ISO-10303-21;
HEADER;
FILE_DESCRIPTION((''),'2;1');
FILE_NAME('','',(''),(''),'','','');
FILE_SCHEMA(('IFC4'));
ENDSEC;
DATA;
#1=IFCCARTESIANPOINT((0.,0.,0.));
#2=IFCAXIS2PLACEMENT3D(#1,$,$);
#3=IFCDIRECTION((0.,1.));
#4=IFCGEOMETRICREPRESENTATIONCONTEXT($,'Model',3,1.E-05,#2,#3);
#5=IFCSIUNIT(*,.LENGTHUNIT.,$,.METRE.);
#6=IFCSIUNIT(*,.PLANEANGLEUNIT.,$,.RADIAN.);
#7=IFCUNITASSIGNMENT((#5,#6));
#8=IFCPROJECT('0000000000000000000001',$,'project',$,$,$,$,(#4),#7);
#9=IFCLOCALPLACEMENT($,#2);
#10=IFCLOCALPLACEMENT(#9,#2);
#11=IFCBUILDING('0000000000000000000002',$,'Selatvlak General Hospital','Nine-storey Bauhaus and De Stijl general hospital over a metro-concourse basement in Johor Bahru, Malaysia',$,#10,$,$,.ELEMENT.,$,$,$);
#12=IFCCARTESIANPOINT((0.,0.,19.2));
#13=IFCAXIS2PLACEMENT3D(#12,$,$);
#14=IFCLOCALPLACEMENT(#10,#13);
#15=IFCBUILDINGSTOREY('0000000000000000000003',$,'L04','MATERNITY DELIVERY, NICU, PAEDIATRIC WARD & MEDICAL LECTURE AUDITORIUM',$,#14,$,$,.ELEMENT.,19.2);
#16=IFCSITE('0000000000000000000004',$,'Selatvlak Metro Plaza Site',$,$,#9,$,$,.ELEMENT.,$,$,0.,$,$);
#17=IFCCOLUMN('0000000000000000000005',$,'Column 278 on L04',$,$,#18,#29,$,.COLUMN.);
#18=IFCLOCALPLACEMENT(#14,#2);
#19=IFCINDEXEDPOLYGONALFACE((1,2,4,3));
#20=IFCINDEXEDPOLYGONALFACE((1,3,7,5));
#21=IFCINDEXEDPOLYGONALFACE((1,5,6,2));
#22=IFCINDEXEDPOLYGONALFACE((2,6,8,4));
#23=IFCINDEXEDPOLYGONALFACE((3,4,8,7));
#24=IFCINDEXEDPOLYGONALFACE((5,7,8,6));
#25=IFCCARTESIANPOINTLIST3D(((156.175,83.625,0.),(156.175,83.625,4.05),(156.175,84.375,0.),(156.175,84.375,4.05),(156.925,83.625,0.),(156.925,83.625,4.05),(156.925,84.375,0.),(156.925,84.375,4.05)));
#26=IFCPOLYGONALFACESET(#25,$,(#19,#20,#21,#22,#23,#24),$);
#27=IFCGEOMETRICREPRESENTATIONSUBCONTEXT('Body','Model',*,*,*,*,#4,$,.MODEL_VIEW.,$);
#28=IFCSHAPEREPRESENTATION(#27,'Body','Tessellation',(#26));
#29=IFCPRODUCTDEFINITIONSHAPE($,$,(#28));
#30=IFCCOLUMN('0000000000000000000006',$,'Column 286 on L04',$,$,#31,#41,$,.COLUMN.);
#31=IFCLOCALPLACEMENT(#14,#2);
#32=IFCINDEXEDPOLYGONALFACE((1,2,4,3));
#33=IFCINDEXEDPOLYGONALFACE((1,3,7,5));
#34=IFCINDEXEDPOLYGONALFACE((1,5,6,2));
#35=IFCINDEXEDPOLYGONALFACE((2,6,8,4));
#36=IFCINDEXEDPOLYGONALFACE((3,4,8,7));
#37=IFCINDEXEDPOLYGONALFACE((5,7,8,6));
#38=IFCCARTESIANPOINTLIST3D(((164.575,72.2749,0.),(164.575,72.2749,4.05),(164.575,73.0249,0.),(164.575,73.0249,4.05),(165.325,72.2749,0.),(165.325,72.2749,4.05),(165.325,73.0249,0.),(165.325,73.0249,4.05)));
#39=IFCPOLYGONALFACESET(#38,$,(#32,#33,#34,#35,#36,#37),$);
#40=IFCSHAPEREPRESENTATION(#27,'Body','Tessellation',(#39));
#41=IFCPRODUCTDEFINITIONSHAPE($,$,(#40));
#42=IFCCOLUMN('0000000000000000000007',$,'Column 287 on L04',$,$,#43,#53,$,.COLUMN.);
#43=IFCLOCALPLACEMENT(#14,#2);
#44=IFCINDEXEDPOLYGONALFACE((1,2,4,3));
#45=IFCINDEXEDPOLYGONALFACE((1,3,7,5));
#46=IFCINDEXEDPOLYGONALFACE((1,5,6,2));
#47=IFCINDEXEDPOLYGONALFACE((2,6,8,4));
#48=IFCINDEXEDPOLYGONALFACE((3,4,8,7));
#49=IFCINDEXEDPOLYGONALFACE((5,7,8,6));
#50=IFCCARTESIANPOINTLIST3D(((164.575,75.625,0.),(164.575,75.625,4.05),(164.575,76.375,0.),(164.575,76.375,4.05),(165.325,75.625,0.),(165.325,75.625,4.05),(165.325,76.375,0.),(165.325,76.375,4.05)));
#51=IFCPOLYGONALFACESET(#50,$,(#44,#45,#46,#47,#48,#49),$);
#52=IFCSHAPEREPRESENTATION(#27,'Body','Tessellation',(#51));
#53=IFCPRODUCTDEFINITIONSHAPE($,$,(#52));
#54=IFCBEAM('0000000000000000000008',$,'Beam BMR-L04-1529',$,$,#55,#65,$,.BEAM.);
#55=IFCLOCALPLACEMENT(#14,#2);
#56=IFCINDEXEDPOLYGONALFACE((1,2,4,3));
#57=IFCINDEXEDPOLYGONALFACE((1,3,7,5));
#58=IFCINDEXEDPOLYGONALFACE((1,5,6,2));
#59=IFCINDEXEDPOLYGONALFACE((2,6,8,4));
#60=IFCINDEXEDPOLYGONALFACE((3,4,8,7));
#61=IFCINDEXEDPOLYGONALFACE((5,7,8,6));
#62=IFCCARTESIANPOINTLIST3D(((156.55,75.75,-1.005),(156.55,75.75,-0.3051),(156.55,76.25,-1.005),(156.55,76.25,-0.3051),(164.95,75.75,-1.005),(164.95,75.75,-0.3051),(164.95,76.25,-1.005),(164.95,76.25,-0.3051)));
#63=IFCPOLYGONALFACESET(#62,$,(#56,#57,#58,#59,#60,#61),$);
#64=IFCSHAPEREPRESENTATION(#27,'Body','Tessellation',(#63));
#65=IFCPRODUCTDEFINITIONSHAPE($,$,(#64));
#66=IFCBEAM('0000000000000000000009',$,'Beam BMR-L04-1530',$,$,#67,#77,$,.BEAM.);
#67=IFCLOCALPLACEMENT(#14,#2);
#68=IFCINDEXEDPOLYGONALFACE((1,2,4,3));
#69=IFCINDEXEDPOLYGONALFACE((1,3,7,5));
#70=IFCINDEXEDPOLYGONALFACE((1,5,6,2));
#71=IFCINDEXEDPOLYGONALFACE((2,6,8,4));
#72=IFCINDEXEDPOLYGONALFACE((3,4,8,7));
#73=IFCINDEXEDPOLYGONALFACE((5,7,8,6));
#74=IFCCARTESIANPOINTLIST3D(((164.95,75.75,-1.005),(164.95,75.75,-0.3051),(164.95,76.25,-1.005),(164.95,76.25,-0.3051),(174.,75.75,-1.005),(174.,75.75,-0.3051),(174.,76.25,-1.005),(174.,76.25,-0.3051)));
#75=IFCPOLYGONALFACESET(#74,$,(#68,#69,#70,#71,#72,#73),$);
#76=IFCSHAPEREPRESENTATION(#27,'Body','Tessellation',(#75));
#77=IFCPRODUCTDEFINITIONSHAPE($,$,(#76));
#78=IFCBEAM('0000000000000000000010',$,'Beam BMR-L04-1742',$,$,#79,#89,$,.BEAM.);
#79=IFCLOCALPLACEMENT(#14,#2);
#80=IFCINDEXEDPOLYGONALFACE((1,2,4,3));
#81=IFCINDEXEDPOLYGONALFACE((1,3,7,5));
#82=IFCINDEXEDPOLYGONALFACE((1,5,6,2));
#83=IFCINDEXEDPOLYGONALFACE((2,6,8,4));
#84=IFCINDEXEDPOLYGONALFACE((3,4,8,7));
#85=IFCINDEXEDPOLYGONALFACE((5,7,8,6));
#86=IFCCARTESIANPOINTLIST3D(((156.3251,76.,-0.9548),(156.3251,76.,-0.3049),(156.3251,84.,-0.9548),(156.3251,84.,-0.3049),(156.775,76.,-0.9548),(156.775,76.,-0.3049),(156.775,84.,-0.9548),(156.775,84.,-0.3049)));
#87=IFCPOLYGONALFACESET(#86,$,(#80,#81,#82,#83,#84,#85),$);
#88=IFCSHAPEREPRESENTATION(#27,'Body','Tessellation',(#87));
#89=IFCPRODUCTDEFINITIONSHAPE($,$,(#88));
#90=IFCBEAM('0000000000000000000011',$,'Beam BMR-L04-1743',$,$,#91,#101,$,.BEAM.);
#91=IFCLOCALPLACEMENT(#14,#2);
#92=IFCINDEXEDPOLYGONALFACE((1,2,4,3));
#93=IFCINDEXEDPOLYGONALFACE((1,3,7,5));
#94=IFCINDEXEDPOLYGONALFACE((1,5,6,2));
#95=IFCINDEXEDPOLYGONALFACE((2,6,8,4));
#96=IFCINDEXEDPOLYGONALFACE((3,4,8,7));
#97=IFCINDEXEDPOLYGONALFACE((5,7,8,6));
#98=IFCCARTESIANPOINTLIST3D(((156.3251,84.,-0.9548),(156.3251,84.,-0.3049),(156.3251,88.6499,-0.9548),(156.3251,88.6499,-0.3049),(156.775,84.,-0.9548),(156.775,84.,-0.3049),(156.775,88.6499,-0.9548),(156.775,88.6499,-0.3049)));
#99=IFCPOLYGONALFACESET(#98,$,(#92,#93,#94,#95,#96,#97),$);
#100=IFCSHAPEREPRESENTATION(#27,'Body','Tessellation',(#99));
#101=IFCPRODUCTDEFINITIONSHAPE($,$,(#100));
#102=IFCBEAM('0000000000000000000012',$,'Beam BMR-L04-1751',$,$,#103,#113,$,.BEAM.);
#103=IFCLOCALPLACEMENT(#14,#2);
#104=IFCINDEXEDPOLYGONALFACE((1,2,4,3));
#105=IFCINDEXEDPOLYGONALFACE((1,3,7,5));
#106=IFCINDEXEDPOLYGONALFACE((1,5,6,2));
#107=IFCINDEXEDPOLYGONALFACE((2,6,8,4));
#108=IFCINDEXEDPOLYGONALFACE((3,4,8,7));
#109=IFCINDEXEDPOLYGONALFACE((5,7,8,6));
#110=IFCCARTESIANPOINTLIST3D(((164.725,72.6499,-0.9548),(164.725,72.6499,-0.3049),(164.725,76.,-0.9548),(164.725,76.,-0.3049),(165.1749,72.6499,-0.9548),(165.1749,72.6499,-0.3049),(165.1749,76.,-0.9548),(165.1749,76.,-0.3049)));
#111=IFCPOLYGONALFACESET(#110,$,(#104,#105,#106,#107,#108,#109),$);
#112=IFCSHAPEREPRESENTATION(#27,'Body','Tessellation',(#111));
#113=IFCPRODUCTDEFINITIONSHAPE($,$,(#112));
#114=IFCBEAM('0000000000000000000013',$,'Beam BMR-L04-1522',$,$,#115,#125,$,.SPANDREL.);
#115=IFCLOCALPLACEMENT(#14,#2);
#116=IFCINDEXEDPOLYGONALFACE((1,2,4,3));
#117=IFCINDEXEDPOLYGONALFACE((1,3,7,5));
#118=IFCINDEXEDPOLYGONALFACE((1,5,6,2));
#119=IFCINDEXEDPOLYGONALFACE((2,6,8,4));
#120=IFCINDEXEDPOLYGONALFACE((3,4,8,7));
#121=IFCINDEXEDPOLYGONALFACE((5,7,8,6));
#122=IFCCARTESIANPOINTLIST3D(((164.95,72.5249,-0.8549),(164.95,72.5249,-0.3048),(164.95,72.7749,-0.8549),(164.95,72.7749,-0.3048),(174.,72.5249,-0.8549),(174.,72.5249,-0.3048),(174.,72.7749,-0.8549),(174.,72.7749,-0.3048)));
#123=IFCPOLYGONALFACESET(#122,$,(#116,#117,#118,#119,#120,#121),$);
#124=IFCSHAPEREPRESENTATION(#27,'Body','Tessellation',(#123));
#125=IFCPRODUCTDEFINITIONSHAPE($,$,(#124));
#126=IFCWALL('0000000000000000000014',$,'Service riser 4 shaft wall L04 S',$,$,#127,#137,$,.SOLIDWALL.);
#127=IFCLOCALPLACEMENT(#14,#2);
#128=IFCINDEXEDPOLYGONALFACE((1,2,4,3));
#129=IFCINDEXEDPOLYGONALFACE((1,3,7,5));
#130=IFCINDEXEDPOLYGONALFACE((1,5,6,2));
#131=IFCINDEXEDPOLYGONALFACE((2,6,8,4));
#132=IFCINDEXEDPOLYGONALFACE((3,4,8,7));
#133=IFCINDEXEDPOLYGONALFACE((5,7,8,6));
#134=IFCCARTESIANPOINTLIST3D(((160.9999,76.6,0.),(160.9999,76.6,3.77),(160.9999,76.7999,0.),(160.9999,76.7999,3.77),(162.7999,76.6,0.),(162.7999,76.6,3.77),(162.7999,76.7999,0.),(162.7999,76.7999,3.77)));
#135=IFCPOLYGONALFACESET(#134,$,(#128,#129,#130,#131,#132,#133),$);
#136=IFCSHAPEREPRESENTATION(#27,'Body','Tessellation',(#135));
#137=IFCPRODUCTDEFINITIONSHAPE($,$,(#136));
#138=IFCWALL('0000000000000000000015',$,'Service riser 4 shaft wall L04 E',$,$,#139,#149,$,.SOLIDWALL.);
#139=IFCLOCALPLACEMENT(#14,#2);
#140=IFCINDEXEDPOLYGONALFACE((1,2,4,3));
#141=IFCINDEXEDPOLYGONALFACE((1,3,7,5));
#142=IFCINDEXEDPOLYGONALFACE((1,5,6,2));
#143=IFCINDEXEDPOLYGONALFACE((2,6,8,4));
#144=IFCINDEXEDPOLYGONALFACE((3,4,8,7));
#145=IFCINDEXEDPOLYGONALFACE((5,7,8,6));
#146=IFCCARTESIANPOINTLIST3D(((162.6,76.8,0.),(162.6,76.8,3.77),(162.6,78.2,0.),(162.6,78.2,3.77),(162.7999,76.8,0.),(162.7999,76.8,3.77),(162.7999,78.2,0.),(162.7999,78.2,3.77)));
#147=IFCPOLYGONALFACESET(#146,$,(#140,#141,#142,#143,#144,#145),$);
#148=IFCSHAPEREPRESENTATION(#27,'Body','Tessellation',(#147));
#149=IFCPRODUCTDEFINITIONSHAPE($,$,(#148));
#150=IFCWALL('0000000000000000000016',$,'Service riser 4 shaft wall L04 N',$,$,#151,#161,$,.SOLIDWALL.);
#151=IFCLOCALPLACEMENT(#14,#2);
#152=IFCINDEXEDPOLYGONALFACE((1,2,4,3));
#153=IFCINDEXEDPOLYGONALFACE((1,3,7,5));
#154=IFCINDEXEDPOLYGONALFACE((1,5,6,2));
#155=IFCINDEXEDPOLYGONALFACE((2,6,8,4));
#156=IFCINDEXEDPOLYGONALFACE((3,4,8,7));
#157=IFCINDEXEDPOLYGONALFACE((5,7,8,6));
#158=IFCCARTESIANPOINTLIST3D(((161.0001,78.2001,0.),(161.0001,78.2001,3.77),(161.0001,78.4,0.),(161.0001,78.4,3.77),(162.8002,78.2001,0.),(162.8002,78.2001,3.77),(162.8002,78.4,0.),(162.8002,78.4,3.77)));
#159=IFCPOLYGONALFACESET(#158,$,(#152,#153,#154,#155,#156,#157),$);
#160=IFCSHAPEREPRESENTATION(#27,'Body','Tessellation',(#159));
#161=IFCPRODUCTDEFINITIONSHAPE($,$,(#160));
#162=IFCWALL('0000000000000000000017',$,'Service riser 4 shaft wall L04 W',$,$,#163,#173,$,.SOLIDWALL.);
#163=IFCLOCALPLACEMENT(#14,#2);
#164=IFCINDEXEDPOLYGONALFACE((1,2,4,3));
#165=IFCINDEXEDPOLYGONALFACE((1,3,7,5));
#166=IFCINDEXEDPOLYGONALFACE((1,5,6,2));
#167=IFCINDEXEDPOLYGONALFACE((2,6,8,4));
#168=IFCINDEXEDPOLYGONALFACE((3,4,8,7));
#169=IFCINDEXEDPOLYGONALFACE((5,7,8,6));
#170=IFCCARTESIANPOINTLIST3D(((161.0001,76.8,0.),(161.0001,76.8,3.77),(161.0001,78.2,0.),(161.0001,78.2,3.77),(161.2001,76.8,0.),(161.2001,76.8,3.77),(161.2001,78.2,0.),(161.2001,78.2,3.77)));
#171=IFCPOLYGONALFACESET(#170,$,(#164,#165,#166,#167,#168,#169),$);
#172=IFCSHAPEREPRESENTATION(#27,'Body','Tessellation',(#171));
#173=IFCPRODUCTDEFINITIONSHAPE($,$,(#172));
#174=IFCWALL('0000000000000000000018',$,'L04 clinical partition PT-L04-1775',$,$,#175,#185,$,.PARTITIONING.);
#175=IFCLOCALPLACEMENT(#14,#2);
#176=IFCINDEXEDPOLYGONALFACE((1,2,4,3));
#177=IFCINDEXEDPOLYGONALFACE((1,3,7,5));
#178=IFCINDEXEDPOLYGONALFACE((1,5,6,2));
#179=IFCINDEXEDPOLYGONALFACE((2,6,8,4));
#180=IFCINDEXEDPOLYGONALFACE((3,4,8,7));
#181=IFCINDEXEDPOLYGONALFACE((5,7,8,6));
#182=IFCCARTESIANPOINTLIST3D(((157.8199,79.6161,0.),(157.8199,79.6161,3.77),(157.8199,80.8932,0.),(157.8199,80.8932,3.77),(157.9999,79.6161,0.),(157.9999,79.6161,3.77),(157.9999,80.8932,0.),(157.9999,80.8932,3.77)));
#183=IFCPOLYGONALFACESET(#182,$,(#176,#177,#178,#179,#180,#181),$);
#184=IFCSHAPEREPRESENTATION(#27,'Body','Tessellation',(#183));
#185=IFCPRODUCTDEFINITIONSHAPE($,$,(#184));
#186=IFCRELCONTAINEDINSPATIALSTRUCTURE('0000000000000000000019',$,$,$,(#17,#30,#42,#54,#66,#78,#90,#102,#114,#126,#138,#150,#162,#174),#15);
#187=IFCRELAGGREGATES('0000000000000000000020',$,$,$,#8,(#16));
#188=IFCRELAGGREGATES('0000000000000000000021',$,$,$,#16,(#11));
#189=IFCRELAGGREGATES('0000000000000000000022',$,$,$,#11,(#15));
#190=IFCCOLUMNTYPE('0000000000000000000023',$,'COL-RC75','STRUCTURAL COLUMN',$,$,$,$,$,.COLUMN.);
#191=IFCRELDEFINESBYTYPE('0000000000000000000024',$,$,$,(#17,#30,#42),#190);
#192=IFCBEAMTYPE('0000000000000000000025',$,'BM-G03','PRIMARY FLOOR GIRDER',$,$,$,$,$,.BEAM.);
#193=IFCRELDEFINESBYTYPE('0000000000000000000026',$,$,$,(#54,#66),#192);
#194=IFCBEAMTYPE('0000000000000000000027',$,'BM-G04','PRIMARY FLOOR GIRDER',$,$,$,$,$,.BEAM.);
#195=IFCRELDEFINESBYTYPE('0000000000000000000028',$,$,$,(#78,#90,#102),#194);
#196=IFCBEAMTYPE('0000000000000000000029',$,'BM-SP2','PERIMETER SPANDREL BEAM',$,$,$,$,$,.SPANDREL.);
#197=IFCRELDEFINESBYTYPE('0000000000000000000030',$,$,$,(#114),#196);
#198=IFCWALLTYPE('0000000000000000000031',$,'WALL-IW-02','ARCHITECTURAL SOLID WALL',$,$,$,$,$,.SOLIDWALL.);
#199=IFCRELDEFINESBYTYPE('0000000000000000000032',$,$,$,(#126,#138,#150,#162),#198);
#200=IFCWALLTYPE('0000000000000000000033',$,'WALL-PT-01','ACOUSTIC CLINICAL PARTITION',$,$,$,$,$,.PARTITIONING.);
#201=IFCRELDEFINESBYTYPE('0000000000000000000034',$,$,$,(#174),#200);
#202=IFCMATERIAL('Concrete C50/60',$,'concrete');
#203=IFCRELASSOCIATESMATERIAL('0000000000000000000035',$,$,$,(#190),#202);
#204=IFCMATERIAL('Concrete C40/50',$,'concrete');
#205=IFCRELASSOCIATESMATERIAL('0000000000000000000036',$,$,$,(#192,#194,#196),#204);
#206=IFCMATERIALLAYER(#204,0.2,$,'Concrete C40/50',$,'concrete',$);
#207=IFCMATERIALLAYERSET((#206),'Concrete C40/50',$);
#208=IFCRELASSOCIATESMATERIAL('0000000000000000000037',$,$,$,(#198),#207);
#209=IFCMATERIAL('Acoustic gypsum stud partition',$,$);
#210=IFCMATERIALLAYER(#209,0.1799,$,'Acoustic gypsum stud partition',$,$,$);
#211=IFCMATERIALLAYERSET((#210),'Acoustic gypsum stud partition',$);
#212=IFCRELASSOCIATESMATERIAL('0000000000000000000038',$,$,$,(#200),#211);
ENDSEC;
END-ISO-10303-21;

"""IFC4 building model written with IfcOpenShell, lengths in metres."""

from ifc_helpers import new_model, si_unit, direction, frame, frame_2d, origin, origin_2d, place, context, subcontext, project, spatial, rectangle, extrude, material, layer, layer_set, material_profile, profile_set, type_object, element, save


model = new_model("IFC4")

# Units and contexts
model_context = context("Model", 3, precision=1e-05, world=origin(), true_north=direction((0.0, 1.0)))
body_context = subcontext(model_context, "Body", "Model", "MODEL_VIEW")
ifc_project = project(units=[si_unit("LENGTHUNIT", "METRE"), si_unit("PLANEANGLEUNIT", "RADIAN")], contexts=[model_context])

# Site, building, storey
site_placement = place(None, origin())
site = spatial("IfcSite", under=ifc_project, at=site_placement, Name="Selatvlak Metro Plaza Site", CompositionType="ELEMENT", RefElevation=0.0)
building_placement = place(site_placement, origin())
building = spatial("IfcBuilding", under=site, at=building_placement, Name="Selatvlak General Hospital", Description="Nine-storey Bauhaus and De Stijl general hospital over a metro-concourse basement in Johor Bahru, Malaysia", CompositionType="ELEMENT")
storey_placement = place(building_placement, frame((0.0, 0.0, 19.2)))
storey = spatial("IfcBuildingStorey", under=building, at=storey_placement, Name="L04", Description="MATERNITY DELIVERY, NICU, PAEDIATRIC WARD & MEDICAL LECTURE AUDITORIUM", CompositionType="ELEMENT", Elevation=19.2)

# Columns
ifc_material_1 = material(Name="Concrete C50/60", Category="concrete")
ifc_material_profile_1 = material_profile(ifc_material_1, rectangle(XDim=0.75, YDim=0.75, at=origin_2d()), Name="RC-COL 750x750")
ifc_profile_set_1 = profile_set([ifc_material_profile_1], Name="Concrete C50/60")
column_type = type_object("IfcColumnType", Name="COL-RC75", Description="STRUCTURAL COLUMN", PredefinedType="COLUMN", material=ifc_profile_set_1)
for number, where, z_axis, x_axis, name in (
    (1, (156.55, 84.0, 0.0), (0.0, 0.0, 1.0), (1.0, 0.0, 0.0), "Column 278 on L04"),
    (2, (164.95, 72.6499, 0.0), (0.0, 0.0, 1.0), (1.0, 0.0, 0.0), "Column 286 on L04"),
    (3, (164.95, 76.0, 0.0), (0.0, 0.0, 1.0), (1.0, 0.0, 0.0), "Column 287 on L04"),
):
    element("IfcColumn", number, at=place(storey_placement, frame(where, z_axis=z_axis, x_axis=x_axis)), inside=storey, type_object=column_type, Name=name, PredefinedType="COLUMN", context=body_context, shape_type="SweptSolid", body=[
        extrude(rectangle(XDim=0.75, YDim=0.75, at=origin_2d()), origin(), (0.0, 0.0, 1.0), 4.05),
    ])

# Beams
ifc_material_2 = material(Name="Concrete C40/50", Category="concrete")
ifc_material_profile_2 = material_profile(ifc_material_2, rectangle(XDim=0.5, YDim=0.7, at=origin_2d()), Name="RC-BM 500x700")
ifc_profile_set_2 = profile_set([ifc_material_profile_2], Name="Concrete C40/50")
beam_type_1 = type_object("IfcBeamType", Name="BM-G03", Description="PRIMARY FLOOR GIRDER", PredefinedType="BEAM", material=ifc_profile_set_2)
beam_1_placement = place(storey_placement, frame((156.55, 76.0, -0.655), z_axis=(1.0, 0.0, 0.0), x_axis=(0.0, 1.0, 0.0)))
element("IfcBeam", 4, at=beam_1_placement, inside=storey, type_object=beam_type_1, Name="Beam BMR-L04-1529", PredefinedType="BEAM", context=body_context, shape_type="SweptSolid", body=[
    extrude(rectangle(XDim=0.5, YDim=0.7, at=origin_2d()), origin(), (0.0, 0.0, 1.0), 8.3999),
])
beam_2_placement = place(storey_placement, frame((164.95, 76.0, -0.655), z_axis=(1.0, 0.0, 0.0), x_axis=(0.0, 1.0, 0.0)))
element("IfcBeam", 5, at=beam_2_placement, inside=storey, type_object=beam_type_1, Name="Beam BMR-L04-1530", PredefinedType="BEAM", context=body_context, shape_type="SweptSolid", body=[
    extrude(rectangle(XDim=0.5, YDim=0.7, at=origin_2d()), origin(), (0.0, 0.0, 1.0), 9.05),
])
ifc_material_profile_3 = material_profile(ifc_material_2, rectangle(XDim=0.45, YDim=0.6499, at=origin_2d()), Name="RC-BM 450x650")
ifc_profile_set_3 = profile_set([ifc_material_profile_3], Name="Concrete C40/50")
beam_type_2 = type_object("IfcBeamType", Name="BM-G04", Description="PRIMARY FLOOR GIRDER", PredefinedType="BEAM", material=ifc_profile_set_3)
beam_3_placement = place(storey_placement, frame((156.55, 76.0, -0.6299), z_axis=(0.0, 1.0, 0.0), x_axis=(-1.0, 0.0, 0.0)))
element("IfcBeam", 6, at=beam_3_placement, inside=storey, type_object=beam_type_2, Name="Beam BMR-L04-1742", PredefinedType="BEAM", context=body_context, shape_type="SweptSolid", body=[
    extrude(rectangle(XDim=0.45, YDim=0.6499, at=origin_2d()), origin(), (0.0, 0.0, 1.0), 8.0),
])
beam_4_placement = place(storey_placement, frame((156.55, 84.0, -0.6299), z_axis=(0.0, 1.0, 0.0), x_axis=(-1.0, 0.0, 0.0)))
element("IfcBeam", 7, at=beam_4_placement, inside=storey, type_object=beam_type_2, Name="Beam BMR-L04-1743", PredefinedType="BEAM", context=body_context, shape_type="SweptSolid", body=[
    extrude(rectangle(XDim=0.45, YDim=0.6499, at=origin_2d()), origin(), (0.0, 0.0, 1.0), 4.6499),
])
beam_5_placement = place(storey_placement, frame((164.95, 72.6499, -0.6299), z_axis=(0.0, 1.0, 0.0), x_axis=(-1.0, 0.0, 0.0)))
element("IfcBeam", 8, at=beam_5_placement, inside=storey, type_object=beam_type_2, Name="Beam BMR-L04-1751", PredefinedType="BEAM", context=body_context, shape_type="SweptSolid", body=[
    extrude(rectangle(XDim=0.45, YDim=0.6499, at=origin_2d()), origin(), (0.0, 0.0, 1.0), 3.3501),
])
ifc_material_profile_4 = material_profile(ifc_material_2, rectangle(XDim=0.25, YDim=0.55, at=origin_2d()), Name="RC-SP 250x550")
ifc_profile_set_4 = profile_set([ifc_material_profile_4], Name="Concrete C40/50")
beam_type_3 = type_object("IfcBeamType", Name="BM-SP2", Description="PERIMETER SPANDREL BEAM", PredefinedType="SPANDREL", material=ifc_profile_set_4)
beam_6_placement = place(storey_placement, frame((164.95, 72.6499, -0.5798), z_axis=(1.0, 0.0, 0.0), x_axis=(0.0, 1.0, 0.0)))
element("IfcBeam", 9, at=beam_6_placement, inside=storey, type_object=beam_type_3, Name="Beam BMR-L04-1522", PredefinedType="SPANDREL", context=body_context, shape_type="SweptSolid", body=[
    extrude(rectangle(XDim=0.25, YDim=0.55, at=origin_2d()), origin(), (0.0, 0.0, 1.0), 9.05),
])

# Walls
ifc_layer_1 = layer(ifc_material_2, 0.2, Name="Concrete C40/50", Category="concrete")
ifc_layer_set_1 = layer_set([ifc_layer_1], Name="Concrete C40/50")
wall_type_1 = type_object("IfcWallType", Name="WALL-IW-02", Description="ARCHITECTURAL SOLID WALL", PredefinedType="SOLIDWALL", material=ifc_layer_set_1)
wall_1_placement = place(storey_placement, frame((161.0, 76.7, 0.0), z_axis=(0.0, 0.0, 1.0), x_axis=(1.0, 0.0, 0.0)))
element("IfcWall", 10, at=wall_1_placement, inside=storey, type_object=wall_type_1, Name="Service riser 4 shaft wall L04 S", PredefinedType="SOLIDWALL", context=body_context, shape_type="SweptSolid", body=[
    extrude(rectangle(XDim=1.8, YDim=0.2, at=frame_2d((0.8999, 0.0))), origin(), (0.0, 0.0, 1.0), 3.77),
])
wall_2_placement = place(storey_placement, frame((162.7, 76.8, 0.0), z_axis=(0.0, 0.0, 1.0), x_axis=(0.0, 1.0, 0.0)))
element("IfcWall", 11, at=wall_2_placement, inside=storey, type_object=wall_type_1, Name="Service riser 4 shaft wall L04 E", PredefinedType="SOLIDWALL", context=body_context, shape_type="SweptSolid", body=[
    extrude(rectangle(XDim=1.3999, YDim=0.2, at=frame_2d((0.7, 0.0))), origin(), (0.0, 0.0, 1.0), 3.77),
])
wall_3_placement = place(storey_placement, frame((162.8, 78.3, 0.0), z_axis=(0.0, 0.0, 1.0), x_axis=(-1.0, 0.0, 0.0)))
element("IfcWall", 12, at=wall_3_placement, inside=storey, type_object=wall_type_1, Name="Service riser 4 shaft wall L04 N", PredefinedType="SOLIDWALL", context=body_context, shape_type="SweptSolid", body=[
    extrude(rectangle(XDim=1.8, YDim=0.2, at=frame_2d((0.8999, 0.0))), origin(), (0.0, 0.0, 1.0), 3.77),
])
wall_4_placement = place(storey_placement, frame((161.1001, 78.2, 0.0), z_axis=(0.0, 0.0, 1.0), x_axis=(0.0, -1.0, 0.0)))
element("IfcWall", 13, at=wall_4_placement, inside=storey, type_object=wall_type_1, Name="Service riser 4 shaft wall L04 W", PredefinedType="SOLIDWALL", context=body_context, shape_type="SweptSolid", body=[
    extrude(rectangle(XDim=1.3999, YDim=0.2, at=frame_2d((0.7, 0.0))), origin(), (0.0, 0.0, 1.0), 3.77),
])
ifc_material_3 = material(Name="Acoustic gypsum stud partition")
ifc_layer_2 = layer(ifc_material_3, 0.1799, Name="Acoustic gypsum stud partition")
ifc_layer_set_2 = layer_set([ifc_layer_2], Name="Acoustic gypsum stud partition")
wall_type_2 = type_object("IfcWallType", Name="WALL-PT-01", Description="ACOUSTIC CLINICAL PARTITION", PredefinedType="PARTITIONING", material=ifc_layer_set_2)
wall_5_placement = place(storey_placement, frame((157.9099, 79.616, 0.0), z_axis=(0.0, 0.0, 1.0), x_axis=(0.0, 1.0, 0.0)))
element("IfcWall", 14, at=wall_5_placement, inside=storey, type_object=wall_type_2, Name="L04 clinical partition PT-L04-1775", PredefinedType="PARTITIONING", context=body_context, shape_type="SweptSolid", body=[
    extrude(rectangle(XDim=1.2771, YDim=0.1799, at=frame_2d((0.6387, 0.0))), origin(), (0.0, 0.0, 1.0), 3.77),
])

save(model, "model.ifc")
